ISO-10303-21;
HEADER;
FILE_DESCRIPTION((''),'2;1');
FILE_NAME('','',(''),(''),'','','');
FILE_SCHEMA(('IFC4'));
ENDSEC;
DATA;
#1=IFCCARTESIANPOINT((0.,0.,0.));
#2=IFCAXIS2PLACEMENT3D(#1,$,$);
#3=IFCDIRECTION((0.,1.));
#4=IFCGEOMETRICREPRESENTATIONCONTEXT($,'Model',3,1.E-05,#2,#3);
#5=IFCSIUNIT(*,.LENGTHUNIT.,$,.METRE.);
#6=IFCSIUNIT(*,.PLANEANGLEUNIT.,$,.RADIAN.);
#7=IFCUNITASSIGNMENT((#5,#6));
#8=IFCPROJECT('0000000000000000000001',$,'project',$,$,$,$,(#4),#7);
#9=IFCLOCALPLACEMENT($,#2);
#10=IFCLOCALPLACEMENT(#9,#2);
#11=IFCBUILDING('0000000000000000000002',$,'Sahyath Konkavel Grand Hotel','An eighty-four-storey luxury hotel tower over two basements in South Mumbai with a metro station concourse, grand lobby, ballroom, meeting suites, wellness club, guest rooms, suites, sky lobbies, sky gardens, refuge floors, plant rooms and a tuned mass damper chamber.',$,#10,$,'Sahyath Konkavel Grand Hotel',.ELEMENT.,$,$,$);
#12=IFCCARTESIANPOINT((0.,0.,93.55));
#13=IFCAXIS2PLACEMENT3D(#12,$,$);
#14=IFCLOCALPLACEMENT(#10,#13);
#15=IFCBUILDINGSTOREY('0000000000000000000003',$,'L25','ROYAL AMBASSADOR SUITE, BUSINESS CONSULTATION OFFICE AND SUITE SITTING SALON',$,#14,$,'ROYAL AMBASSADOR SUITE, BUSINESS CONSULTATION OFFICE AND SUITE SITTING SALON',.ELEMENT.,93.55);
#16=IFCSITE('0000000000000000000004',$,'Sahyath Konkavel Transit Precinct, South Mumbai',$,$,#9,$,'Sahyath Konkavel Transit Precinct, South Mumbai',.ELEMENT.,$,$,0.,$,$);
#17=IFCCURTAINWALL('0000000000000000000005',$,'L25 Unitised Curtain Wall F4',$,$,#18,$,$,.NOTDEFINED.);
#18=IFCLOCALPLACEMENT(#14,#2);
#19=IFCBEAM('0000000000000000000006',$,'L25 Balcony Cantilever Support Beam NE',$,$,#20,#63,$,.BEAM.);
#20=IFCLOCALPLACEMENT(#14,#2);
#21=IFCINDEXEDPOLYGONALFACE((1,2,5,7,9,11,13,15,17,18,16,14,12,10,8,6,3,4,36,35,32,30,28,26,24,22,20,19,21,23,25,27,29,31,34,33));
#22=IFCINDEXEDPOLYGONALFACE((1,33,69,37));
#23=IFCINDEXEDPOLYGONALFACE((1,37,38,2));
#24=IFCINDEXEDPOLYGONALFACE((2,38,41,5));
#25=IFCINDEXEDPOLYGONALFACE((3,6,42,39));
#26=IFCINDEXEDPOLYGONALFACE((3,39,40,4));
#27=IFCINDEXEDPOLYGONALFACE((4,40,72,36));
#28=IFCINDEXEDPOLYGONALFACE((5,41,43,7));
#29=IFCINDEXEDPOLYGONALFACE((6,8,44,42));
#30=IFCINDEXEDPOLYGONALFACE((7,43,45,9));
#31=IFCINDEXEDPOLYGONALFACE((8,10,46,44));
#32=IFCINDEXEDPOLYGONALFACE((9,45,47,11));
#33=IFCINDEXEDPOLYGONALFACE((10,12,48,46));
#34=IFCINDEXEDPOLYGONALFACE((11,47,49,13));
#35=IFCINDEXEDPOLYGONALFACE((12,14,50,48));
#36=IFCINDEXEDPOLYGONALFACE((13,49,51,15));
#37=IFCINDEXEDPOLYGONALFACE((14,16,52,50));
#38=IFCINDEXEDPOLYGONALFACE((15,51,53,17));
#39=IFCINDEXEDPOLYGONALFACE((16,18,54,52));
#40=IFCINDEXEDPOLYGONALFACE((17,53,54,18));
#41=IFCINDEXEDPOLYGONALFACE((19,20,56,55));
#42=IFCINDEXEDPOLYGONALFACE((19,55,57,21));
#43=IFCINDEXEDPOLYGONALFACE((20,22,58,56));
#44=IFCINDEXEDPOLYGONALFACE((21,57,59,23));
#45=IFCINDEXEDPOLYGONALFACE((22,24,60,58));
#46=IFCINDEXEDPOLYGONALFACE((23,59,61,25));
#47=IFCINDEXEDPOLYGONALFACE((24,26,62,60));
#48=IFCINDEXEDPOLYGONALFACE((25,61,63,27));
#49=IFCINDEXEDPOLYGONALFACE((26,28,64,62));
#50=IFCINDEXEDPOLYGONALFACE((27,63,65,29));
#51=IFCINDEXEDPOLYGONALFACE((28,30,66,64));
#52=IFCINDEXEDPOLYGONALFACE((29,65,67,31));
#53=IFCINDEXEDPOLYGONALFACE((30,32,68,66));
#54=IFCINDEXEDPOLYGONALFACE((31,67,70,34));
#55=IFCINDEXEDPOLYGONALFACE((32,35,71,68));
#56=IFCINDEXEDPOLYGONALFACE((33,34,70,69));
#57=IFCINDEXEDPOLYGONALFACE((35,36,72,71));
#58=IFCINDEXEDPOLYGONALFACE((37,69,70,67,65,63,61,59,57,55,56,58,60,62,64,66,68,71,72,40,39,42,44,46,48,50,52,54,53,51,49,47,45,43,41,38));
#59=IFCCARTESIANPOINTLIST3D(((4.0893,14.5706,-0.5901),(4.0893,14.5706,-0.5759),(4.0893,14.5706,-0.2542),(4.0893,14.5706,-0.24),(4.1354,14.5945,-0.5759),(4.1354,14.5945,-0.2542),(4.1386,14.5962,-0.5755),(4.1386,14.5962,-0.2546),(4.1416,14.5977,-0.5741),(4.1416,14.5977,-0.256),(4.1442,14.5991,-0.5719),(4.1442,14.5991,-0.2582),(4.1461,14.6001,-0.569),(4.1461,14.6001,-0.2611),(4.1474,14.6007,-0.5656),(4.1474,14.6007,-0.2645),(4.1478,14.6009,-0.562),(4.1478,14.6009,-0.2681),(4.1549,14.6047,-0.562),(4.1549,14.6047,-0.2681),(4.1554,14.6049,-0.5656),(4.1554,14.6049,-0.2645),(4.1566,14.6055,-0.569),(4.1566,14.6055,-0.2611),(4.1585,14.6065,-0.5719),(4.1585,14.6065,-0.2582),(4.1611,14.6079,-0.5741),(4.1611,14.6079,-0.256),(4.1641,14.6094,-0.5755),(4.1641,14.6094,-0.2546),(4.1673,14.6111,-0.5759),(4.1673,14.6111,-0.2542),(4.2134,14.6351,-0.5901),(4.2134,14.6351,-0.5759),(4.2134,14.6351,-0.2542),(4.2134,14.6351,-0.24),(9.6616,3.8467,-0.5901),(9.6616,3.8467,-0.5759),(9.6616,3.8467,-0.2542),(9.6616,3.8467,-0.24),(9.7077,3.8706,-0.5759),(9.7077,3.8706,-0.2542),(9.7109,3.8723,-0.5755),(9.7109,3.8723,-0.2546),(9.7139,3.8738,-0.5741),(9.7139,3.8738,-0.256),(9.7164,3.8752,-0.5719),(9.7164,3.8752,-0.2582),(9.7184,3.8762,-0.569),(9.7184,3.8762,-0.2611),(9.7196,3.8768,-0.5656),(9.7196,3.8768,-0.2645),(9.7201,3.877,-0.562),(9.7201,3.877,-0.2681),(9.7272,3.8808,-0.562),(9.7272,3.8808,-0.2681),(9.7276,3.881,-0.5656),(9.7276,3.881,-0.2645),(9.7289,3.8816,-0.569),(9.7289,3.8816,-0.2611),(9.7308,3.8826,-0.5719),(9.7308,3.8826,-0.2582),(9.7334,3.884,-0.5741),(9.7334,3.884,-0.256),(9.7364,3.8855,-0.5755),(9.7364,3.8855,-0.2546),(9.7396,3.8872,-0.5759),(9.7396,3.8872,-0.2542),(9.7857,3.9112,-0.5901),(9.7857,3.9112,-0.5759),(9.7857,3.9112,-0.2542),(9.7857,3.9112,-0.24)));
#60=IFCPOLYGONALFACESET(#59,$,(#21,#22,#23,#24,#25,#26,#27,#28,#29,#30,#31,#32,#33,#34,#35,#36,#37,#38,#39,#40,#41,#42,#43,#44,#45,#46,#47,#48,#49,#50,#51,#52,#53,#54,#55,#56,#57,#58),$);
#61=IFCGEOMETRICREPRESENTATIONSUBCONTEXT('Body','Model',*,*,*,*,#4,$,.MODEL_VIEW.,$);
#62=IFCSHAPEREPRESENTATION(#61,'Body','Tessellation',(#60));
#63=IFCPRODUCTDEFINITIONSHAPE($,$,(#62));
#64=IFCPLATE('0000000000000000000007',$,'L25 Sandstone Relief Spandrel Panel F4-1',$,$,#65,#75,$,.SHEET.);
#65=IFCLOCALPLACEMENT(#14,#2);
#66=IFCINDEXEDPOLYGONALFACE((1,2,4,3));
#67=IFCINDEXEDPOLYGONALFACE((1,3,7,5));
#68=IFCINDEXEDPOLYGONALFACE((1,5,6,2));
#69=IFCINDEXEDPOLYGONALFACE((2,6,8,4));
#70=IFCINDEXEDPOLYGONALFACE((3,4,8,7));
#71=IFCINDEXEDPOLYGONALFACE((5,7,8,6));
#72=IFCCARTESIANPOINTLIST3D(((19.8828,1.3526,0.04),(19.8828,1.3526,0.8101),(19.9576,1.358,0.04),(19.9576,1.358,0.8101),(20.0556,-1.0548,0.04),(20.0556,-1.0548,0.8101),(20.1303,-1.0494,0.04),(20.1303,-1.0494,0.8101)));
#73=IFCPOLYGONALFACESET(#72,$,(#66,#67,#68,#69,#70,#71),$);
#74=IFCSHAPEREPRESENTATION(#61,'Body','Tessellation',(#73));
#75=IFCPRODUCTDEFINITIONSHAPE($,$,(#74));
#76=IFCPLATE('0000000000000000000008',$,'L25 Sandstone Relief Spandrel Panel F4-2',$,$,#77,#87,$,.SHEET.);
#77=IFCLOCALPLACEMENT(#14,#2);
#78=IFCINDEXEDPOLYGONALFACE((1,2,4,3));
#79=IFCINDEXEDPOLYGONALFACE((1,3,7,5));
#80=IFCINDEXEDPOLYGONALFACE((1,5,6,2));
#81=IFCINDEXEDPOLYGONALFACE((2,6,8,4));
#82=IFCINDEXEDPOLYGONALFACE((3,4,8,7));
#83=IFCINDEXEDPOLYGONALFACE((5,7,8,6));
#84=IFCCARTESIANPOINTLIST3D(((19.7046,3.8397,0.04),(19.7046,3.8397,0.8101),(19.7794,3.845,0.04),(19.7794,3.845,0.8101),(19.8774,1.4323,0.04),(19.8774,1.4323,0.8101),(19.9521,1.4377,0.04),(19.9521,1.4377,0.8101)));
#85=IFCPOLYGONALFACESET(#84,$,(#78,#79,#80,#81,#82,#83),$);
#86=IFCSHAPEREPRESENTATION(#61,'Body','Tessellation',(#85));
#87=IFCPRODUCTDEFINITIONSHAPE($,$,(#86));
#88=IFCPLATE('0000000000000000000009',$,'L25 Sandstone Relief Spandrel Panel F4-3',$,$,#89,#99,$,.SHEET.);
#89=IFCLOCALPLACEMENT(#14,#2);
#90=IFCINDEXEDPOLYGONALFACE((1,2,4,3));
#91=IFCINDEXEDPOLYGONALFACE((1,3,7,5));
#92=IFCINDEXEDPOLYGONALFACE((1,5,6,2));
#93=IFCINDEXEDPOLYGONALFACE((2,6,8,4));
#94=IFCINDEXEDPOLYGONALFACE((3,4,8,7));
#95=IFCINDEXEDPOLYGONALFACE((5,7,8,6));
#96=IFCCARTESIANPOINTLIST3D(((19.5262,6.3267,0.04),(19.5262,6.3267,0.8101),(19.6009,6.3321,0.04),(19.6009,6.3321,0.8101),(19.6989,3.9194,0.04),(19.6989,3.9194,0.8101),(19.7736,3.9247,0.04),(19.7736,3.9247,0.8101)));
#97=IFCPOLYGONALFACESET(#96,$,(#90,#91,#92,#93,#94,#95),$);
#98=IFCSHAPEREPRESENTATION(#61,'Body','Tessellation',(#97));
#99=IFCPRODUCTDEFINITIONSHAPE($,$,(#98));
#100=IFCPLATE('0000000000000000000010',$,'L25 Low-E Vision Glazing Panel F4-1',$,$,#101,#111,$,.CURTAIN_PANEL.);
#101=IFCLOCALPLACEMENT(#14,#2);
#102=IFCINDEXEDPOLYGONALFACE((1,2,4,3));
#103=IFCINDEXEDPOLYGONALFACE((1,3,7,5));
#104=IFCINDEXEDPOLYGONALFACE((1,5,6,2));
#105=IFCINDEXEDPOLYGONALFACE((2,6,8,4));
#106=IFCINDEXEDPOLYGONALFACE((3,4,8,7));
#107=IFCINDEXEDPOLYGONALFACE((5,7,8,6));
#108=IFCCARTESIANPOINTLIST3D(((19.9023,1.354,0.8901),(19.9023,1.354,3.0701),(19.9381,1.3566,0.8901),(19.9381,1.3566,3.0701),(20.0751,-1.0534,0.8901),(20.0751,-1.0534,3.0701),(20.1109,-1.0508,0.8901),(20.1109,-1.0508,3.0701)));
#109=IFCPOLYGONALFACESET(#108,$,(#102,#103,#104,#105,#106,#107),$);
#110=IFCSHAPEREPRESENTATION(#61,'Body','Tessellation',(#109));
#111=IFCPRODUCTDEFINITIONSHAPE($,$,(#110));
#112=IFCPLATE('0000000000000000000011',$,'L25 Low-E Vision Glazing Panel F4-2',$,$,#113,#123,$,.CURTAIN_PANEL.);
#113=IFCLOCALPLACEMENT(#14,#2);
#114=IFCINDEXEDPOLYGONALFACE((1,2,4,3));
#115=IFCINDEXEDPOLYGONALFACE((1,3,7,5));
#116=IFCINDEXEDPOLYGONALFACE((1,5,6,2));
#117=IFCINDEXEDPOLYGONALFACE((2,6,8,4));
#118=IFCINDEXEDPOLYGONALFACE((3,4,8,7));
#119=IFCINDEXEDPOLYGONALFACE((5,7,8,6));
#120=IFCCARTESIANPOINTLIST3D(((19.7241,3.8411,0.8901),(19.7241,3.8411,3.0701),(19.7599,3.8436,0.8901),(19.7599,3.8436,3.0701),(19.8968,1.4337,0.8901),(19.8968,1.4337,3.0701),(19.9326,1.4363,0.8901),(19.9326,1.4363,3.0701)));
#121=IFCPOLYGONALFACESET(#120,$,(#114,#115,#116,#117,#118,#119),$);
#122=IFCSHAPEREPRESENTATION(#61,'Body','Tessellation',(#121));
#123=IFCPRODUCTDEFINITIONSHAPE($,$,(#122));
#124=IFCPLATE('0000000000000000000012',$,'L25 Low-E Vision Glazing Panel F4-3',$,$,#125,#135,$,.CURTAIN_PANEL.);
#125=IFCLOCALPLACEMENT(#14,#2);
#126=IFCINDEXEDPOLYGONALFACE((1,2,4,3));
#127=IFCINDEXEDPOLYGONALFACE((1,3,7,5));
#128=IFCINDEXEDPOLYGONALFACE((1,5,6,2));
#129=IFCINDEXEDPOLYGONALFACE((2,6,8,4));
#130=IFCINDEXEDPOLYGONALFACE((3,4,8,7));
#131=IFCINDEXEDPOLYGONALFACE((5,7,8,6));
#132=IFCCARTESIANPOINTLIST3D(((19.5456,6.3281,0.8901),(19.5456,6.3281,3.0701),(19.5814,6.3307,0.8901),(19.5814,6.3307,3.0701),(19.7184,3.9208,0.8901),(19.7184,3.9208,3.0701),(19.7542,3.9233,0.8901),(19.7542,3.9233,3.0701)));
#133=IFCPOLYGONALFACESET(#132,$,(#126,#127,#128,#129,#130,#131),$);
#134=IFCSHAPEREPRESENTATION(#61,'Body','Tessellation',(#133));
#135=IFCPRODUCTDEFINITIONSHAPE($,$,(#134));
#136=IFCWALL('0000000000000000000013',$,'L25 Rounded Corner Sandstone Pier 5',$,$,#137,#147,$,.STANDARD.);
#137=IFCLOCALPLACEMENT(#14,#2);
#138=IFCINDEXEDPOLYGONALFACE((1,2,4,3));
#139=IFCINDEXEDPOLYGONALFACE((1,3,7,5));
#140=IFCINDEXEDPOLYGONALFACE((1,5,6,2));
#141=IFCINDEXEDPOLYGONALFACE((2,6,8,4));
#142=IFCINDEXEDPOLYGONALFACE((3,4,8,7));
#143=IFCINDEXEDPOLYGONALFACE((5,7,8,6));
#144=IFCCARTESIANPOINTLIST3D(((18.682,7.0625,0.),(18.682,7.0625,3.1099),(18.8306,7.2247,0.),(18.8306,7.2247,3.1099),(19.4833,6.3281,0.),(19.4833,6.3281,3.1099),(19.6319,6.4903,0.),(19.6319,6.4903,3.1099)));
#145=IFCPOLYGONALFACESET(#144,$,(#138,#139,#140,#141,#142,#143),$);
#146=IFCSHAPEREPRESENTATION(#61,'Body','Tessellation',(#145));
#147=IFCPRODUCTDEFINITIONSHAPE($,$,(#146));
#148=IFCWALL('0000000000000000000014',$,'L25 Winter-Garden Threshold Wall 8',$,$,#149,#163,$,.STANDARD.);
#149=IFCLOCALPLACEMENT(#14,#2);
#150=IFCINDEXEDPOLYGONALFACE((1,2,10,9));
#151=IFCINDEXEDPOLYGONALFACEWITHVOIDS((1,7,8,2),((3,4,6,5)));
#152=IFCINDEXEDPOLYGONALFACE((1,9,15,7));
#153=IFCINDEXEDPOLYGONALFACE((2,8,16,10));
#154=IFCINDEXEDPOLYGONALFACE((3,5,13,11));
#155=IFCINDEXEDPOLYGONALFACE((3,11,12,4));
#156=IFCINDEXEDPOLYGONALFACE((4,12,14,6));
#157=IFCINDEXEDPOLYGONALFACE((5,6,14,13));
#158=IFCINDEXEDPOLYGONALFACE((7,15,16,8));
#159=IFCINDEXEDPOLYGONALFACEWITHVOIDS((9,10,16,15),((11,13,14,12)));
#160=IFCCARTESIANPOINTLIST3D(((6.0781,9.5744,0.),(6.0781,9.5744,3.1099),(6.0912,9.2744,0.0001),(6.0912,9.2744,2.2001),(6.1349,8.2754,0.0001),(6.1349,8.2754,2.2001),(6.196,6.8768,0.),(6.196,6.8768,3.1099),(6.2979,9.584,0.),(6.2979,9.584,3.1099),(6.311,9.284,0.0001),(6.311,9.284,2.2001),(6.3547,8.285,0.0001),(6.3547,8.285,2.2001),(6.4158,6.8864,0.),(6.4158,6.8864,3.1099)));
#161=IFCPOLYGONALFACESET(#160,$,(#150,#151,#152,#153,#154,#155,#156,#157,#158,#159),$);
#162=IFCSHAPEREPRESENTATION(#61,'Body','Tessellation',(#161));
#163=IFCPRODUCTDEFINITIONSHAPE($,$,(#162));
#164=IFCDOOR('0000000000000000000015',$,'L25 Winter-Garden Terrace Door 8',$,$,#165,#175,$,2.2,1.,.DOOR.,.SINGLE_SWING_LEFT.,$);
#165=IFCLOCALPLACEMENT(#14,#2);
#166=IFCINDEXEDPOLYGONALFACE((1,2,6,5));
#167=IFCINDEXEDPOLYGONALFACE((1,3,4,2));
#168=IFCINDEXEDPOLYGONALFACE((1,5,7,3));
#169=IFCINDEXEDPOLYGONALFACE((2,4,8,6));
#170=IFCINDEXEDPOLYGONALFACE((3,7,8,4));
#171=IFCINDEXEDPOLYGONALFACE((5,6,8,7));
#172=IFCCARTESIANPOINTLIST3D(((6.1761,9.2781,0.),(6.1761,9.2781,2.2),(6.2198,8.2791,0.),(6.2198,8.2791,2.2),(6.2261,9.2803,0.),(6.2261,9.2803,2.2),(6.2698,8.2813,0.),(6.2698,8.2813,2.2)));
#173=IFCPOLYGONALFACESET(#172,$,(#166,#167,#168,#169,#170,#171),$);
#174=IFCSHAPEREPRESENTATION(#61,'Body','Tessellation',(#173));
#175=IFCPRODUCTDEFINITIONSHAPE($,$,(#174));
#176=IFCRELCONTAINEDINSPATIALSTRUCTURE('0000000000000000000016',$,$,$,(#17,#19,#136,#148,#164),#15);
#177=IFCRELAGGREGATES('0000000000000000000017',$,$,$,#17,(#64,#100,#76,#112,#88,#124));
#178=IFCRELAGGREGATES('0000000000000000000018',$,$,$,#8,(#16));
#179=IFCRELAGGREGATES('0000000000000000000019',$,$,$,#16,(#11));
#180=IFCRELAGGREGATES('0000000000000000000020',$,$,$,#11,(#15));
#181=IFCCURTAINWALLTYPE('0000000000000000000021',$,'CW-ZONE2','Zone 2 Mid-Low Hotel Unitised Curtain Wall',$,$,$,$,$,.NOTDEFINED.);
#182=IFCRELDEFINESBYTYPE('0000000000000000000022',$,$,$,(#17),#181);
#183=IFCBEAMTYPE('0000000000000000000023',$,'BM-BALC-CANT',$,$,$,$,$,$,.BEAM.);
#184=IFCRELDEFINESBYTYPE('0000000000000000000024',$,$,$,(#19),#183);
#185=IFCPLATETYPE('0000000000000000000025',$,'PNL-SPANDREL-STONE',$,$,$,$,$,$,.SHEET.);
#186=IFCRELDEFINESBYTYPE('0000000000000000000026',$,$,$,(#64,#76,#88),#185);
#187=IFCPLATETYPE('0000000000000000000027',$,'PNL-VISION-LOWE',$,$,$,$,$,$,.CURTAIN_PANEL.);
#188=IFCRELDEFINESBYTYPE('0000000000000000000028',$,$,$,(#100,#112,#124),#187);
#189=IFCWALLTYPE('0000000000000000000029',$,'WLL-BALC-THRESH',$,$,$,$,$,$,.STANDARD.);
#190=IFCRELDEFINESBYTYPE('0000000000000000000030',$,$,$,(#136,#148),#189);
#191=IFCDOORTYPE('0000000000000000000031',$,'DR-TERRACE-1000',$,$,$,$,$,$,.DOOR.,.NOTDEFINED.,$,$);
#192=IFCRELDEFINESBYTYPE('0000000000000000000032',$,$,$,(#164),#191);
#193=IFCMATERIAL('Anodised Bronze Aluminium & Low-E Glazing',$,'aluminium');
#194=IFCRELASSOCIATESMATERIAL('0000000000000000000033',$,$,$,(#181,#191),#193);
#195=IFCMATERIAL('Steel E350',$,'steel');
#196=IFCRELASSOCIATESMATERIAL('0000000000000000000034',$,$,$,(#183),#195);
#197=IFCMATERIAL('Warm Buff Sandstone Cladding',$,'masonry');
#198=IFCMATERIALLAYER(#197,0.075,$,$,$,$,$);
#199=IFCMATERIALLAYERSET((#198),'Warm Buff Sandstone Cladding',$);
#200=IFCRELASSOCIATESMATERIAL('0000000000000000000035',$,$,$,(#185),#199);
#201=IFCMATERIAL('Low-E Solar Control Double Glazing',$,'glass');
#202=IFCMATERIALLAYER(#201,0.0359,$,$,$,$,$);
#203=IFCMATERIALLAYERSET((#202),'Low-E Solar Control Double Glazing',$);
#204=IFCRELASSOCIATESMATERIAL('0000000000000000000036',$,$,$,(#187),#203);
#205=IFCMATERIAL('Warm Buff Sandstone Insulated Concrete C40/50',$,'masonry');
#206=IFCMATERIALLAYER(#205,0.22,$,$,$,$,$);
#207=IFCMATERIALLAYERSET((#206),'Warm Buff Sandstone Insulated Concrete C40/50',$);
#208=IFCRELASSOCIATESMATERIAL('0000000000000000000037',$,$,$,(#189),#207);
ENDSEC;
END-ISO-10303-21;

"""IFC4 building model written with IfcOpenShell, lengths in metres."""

from ifc_helpers import new_model, si_unit, direction, frame, frame_2d, origin, origin_2d, place, context, subcontext, project, spatial, rectangle, i_section, extrude, source, transform, mapped, material, layer, layer_set, material_profile, profile_set, type_object, element, fill, aggregate, save


model = new_model("IFC4")

# Units and contexts
model_context = context("Model", 3, precision=1e-05, world=origin(), true_north=direction((0.0, 1.0)))
body_context = subcontext(model_context, "Body", "Model", "MODEL_VIEW")
ifc_project = project(units=[si_unit("LENGTHUNIT", "METRE"), si_unit("PLANEANGLEUNIT", "RADIAN")], contexts=[model_context])

# Site, building, storey
site_placement = place(None, origin())
site = spatial("IfcSite", under=ifc_project, at=site_placement, Name="Sahyath Konkavel Transit Precinct, South Mumbai", LongName="Sahyath Konkavel Transit Precinct, South Mumbai", CompositionType="ELEMENT", RefElevation=0.0)
building_placement = place(site_placement, origin())
building = spatial("IfcBuilding", under=site, at=building_placement, Name="Sahyath Konkavel Grand Hotel", Description="An eighty-four-storey luxury hotel tower over two basements in South Mumbai with a metro station concourse, grand lobby, ballroom, meeting suites, wellness club, guest rooms, suites, sky lobbies, sky gardens, refuge floors, plant rooms and a tuned mass damper chamber.", LongName="Sahyath Konkavel Grand Hotel", CompositionType="ELEMENT")
storey_placement = place(building_placement, frame((0.0, 0.0, 93.55)))
storey = spatial("IfcBuildingStorey", under=building, at=storey_placement, Name="L25", Description="ROYAL AMBASSADOR SUITE, BUSINESS CONSULTATION OFFICE AND SUITE SITTING SALON", LongName="ROYAL AMBASSADOR SUITE, BUSINESS CONSULTATION OFFICE AND SUITE SITTING SALON", CompositionType="ELEMENT", Elevation=93.55)

# Shared definitions
ifc_material_1 = material(Name="Steel E350", Category="steel")

# Curtain wall
ifc_material_2 = material(Name="Anodised Bronze Aluminium & Low-E Glazing", Category="aluminium")
curtain_wall_type = type_object("IfcCurtainWallType", Name="CW-ZONE2", Description="Zone 2 Mid-Low Hotel Unitised Curtain Wall", PredefinedType="NOTDEFINED", material=ifc_material_2)
curtain_wall_placement = place(storey_placement, origin())
curtain_wall = element("IfcCurtainWall", 1, at=curtain_wall_placement, inside=storey, type_object=curtain_wall_type, Name="L25 Unitised Curtain Wall F4", PredefinedType="NOTDEFINED")

# Beam
ifc_material_profile_1 = material_profile(ifc_material_1, i_section(OverallWidth=0.1399, OverallDepth=0.3501, WebThickness=0.0081, FlangeThickness=0.0142, FilletRadius=0.0139, at=origin_2d()), Name="ISMB 350")
ifc_profile_set_1 = profile_set([ifc_material_profile_1], Name="Steel E350")
beam_type_1 = type_object("IfcBeamType", Name="BM-BALC-CANT", PredefinedType="BEAM", material=ifc_profile_set_1)
shared_shape_1 = source(origin(), body_context, "Body", "SweptSolid", [
    extrude(i_section(OverallWidth=0.1399, OverallDepth=0.3501, WebThickness=0.0081, FlangeThickness=0.0142, FilletRadius=0.0139, at=origin_2d()), origin(), (0.0, 0.0, 1.0), 12.0852),
])
beam_1_placement = place(storey_placement, frame((9.7236, 3.8789, -0.415), z_axis=(-0.461082, 0.887357, 0.0), x_axis=(-0.887357, -0.461082, 0.0)))
element("IfcBeam", 2, at=beam_1_placement, inside=storey, type_object=beam_type_1, Name="L25 Balcony Cantilever Support Beam NE", PredefinedType="BEAM", context=body_context, shape_type="MappedRepresentation", body=[
    mapped(shared_shape_1, transform((0.0, 0.0, 0.0), scale=1.0)),
])

# Plates
ifc_material_3 = material(Name="Warm Buff Sandstone Cladding", Category="masonry")
ifc_layer_1 = layer(ifc_material_3, 0.075)
ifc_layer_set_1 = layer_set([ifc_layer_1], Name="Warm Buff Sandstone Cladding")
plate_type_1 = type_object("IfcPlateType", Name="PNL-SPANDREL-STONE", PredefinedType="SHEET", material=ifc_layer_set_1)
shared_shape_2 = source(origin(), body_context, "Body", "SweptSolid", [
    extrude(rectangle(XDim=2.4136, YDim=0.075, at=origin_2d()), origin(), (0.0, 0.0, 1.0), 0.77),
])
plate_1_placement = place(storey_placement, frame((20.0066, 0.1516, 0.04), z_axis=(0.0, 0.0, 1.0), x_axis=(-0.071567, 0.997436, 0.0)))
plate_1 = element("IfcPlate", 3, at=plate_1_placement, type_object=plate_type_1, Name="L25 Sandstone Relief Spandrel Panel F4-1", PredefinedType="SHEET", context=body_context, shape_type="MappedRepresentation", body=[
    mapped(shared_shape_2, transform((0.0, 0.0, 0.0), scale=1.0)),
])
plate_2_placement = place(storey_placement, frame((19.8284, 2.6387, 0.04), z_axis=(0.0, 0.0, 1.0), x_axis=(-0.071567, 0.997436, 0.0)))
plate_2 = element("IfcPlate", 4, at=plate_2_placement, type_object=plate_type_1, Name="L25 Sandstone Relief Spandrel Panel F4-2", PredefinedType="SHEET", context=body_context, shape_type="MappedRepresentation", body=[
    mapped(shared_shape_2, transform((0.0, 0.0, 0.0), scale=1.0)),
])
plate_3_placement = place(storey_placement, frame((19.6499, 5.1257, 0.04), z_axis=(0.0, 0.0, 1.0), x_axis=(-0.071567, 0.997436, 0.0)))
plate_3 = element("IfcPlate", 5, at=plate_3_placement, type_object=plate_type_1, Name="L25 Sandstone Relief Spandrel Panel F4-3", PredefinedType="SHEET", context=body_context, shape_type="MappedRepresentation", body=[
    mapped(shared_shape_2, transform((0.0, 0.0, 0.0), scale=1.0)),
])
ifc_material_4 = material(Name="Low-E Solar Control Double Glazing", Category="glass")
ifc_layer_2 = layer(ifc_material_4, 0.0359)
ifc_layer_set_2 = layer_set([ifc_layer_2], Name="Low-E Solar Control Double Glazing")
plate_type_2 = type_object("IfcPlateType", Name="PNL-VISION-LOWE", PredefinedType="CURTAIN_PANEL", material=ifc_layer_set_2)
shared_shape_3 = source(origin(), body_context, "Body", "SweptSolid", [
    extrude(rectangle(XDim=2.4136, YDim=0.0359, at=origin_2d()), origin(), (0.0, 0.0, 1.0), 2.1799),
])
plate_4_placement = place(storey_placement, frame((20.0066, 0.1516, 0.8901), z_axis=(0.0, 0.0, 1.0), x_axis=(-0.071567, 0.997436, 0.0)))
plate_4 = element("IfcPlate", 6, at=plate_4_placement, type_object=plate_type_2, Name="L25 Low-E Vision Glazing Panel F4-1", PredefinedType="CURTAIN_PANEL", context=body_context, shape_type="MappedRepresentation", body=[
    mapped(shared_shape_3, transform((0.0, 0.0, 0.0), scale=1.0)),
])
plate_5_placement = place(storey_placement, frame((19.8284, 2.6387, 0.8901), z_axis=(0.0, 0.0, 1.0), x_axis=(-0.071567, 0.997436, 0.0)))
plate_5 = element("IfcPlate", 7, at=plate_5_placement, type_object=plate_type_2, Name="L25 Low-E Vision Glazing Panel F4-2", PredefinedType="CURTAIN_PANEL", context=body_context, shape_type="MappedRepresentation", body=[
    mapped(shared_shape_3, transform((0.0, 0.0, 0.0), scale=1.0)),
])
plate_6_placement = place(storey_placement, frame((19.6499, 5.1257, 0.8901), z_axis=(0.0, 0.0, 1.0), x_axis=(-0.071567, 0.997436, 0.0)))
plate_6 = element("IfcPlate", 8, at=plate_6_placement, type_object=plate_type_2, Name="L25 Low-E Vision Glazing Panel F4-3", PredefinedType="CURTAIN_PANEL", context=body_context, shape_type="MappedRepresentation", body=[
    mapped(shared_shape_3, transform((0.0, 0.0, 0.0), scale=1.0)),
])
aggregate(curtain_wall, [plate_1, plate_4, plate_2, plate_5, plate_3, plate_6])

# Wall
ifc_material_5 = material(Name="Warm Buff Sandstone Insulated Concrete C40/50", Category="masonry")
ifc_layer_3 = layer(ifc_material_5, 0.22)
ifc_layer_set_3 = layer_set([ifc_layer_3], Name="Warm Buff Sandstone Insulated Concrete C40/50")
wall_type_1 = type_object("IfcWallType", Name="WLL-BALC-THRESH", PredefinedType="STANDARD", material=ifc_layer_set_3)
wall_1_placement = place(storey_placement, frame((19.5576, 6.4092, 0.0), z_axis=(0.0, 0.0, 1.0), x_axis=(-0.73721, 0.675664, 0.0)))
element("IfcWall", 9, at=wall_1_placement, inside=storey, type_object=wall_type_1, Name="L25 Rounded Corner Sandstone Pier 5", PredefinedType="STANDARD", context=body_context, shape_type="SweptSolid", body=[
    extrude(rectangle(XDim=1.0869, YDim=0.22, at=frame_2d((0.5435, 0.0))), origin(), (0.0, 0.0, 1.0), 3.1099),
])

# Wall, opening, door
wall_2_placement = place(storey_placement, frame((6.3059, 6.8816, 0.0), z_axis=(0.0, 0.0, 1.0), x_axis=(-0.043673, 0.999046, 0.0)))
wall_2 = element("IfcWall", 10, at=wall_2_placement, inside=storey, type_object=wall_type_1, Name="L25 Winter-Garden Threshold Wall 8", PredefinedType="STANDARD", context=body_context, shape_type="SweptSolid", body=[
    extrude(rectangle(XDim=2.7002, YDim=0.22, at=frame_2d((1.3501, 0.0))), origin(), (0.0, 0.0, 1.0), 3.1099),
])
opening_1_placement = place(wall_2_placement, frame((1.3999, 0.0, 0.0)))
opening_1 = element("IfcOpeningElement", 11, at=opening_1_placement, cuts=wall_2, PredefinedType="OPENING", context=body_context, shape_type="SweptSolid", body=[
    extrude(rectangle(XDim=1.0, YDim=2.2, at=frame_2d((0.5, 1.1001))), frame((0.0, 0.1201, 0.0), z_axis=(0.0, -1.0, 0.0), x_axis=(1.0, 0.0, 0.0)), (0.0, 0.0, 1.0), 0.24),
])
door_type_1 = type_object("IfcDoorType", Name="DR-TERRACE-1000", OperationType="NOTDEFINED", PredefinedType="DOOR", material=ifc_material_2)
shared_shape_4 = source(origin(), body_context, "Body", "SweptSolid", [
    extrude(rectangle(XDim=1.0, YDim=0.05, at=origin_2d()), origin(), (0.0, 0.0, 1.0), 2.2),
])
door_1_placement = place(opening_1_placement, frame((0.5, 0.0, 0.0)))
door_1 = element("IfcDoor", 12, at=door_1_placement, inside=storey, type_object=door_type_1, Name="L25 Winter-Garden Terrace Door 8", OperationType="SINGLE_SWING_LEFT", OverallHeight=2.2, OverallWidth=1.0, PredefinedType="DOOR", context=body_context, shape_type="MappedRepresentation", body=[
    mapped(shared_shape_4, transform((0.0, 0.0, 0.0), scale=1.0)),
])
fill(opening_1, door_1)

save(model, "model.ifc")
